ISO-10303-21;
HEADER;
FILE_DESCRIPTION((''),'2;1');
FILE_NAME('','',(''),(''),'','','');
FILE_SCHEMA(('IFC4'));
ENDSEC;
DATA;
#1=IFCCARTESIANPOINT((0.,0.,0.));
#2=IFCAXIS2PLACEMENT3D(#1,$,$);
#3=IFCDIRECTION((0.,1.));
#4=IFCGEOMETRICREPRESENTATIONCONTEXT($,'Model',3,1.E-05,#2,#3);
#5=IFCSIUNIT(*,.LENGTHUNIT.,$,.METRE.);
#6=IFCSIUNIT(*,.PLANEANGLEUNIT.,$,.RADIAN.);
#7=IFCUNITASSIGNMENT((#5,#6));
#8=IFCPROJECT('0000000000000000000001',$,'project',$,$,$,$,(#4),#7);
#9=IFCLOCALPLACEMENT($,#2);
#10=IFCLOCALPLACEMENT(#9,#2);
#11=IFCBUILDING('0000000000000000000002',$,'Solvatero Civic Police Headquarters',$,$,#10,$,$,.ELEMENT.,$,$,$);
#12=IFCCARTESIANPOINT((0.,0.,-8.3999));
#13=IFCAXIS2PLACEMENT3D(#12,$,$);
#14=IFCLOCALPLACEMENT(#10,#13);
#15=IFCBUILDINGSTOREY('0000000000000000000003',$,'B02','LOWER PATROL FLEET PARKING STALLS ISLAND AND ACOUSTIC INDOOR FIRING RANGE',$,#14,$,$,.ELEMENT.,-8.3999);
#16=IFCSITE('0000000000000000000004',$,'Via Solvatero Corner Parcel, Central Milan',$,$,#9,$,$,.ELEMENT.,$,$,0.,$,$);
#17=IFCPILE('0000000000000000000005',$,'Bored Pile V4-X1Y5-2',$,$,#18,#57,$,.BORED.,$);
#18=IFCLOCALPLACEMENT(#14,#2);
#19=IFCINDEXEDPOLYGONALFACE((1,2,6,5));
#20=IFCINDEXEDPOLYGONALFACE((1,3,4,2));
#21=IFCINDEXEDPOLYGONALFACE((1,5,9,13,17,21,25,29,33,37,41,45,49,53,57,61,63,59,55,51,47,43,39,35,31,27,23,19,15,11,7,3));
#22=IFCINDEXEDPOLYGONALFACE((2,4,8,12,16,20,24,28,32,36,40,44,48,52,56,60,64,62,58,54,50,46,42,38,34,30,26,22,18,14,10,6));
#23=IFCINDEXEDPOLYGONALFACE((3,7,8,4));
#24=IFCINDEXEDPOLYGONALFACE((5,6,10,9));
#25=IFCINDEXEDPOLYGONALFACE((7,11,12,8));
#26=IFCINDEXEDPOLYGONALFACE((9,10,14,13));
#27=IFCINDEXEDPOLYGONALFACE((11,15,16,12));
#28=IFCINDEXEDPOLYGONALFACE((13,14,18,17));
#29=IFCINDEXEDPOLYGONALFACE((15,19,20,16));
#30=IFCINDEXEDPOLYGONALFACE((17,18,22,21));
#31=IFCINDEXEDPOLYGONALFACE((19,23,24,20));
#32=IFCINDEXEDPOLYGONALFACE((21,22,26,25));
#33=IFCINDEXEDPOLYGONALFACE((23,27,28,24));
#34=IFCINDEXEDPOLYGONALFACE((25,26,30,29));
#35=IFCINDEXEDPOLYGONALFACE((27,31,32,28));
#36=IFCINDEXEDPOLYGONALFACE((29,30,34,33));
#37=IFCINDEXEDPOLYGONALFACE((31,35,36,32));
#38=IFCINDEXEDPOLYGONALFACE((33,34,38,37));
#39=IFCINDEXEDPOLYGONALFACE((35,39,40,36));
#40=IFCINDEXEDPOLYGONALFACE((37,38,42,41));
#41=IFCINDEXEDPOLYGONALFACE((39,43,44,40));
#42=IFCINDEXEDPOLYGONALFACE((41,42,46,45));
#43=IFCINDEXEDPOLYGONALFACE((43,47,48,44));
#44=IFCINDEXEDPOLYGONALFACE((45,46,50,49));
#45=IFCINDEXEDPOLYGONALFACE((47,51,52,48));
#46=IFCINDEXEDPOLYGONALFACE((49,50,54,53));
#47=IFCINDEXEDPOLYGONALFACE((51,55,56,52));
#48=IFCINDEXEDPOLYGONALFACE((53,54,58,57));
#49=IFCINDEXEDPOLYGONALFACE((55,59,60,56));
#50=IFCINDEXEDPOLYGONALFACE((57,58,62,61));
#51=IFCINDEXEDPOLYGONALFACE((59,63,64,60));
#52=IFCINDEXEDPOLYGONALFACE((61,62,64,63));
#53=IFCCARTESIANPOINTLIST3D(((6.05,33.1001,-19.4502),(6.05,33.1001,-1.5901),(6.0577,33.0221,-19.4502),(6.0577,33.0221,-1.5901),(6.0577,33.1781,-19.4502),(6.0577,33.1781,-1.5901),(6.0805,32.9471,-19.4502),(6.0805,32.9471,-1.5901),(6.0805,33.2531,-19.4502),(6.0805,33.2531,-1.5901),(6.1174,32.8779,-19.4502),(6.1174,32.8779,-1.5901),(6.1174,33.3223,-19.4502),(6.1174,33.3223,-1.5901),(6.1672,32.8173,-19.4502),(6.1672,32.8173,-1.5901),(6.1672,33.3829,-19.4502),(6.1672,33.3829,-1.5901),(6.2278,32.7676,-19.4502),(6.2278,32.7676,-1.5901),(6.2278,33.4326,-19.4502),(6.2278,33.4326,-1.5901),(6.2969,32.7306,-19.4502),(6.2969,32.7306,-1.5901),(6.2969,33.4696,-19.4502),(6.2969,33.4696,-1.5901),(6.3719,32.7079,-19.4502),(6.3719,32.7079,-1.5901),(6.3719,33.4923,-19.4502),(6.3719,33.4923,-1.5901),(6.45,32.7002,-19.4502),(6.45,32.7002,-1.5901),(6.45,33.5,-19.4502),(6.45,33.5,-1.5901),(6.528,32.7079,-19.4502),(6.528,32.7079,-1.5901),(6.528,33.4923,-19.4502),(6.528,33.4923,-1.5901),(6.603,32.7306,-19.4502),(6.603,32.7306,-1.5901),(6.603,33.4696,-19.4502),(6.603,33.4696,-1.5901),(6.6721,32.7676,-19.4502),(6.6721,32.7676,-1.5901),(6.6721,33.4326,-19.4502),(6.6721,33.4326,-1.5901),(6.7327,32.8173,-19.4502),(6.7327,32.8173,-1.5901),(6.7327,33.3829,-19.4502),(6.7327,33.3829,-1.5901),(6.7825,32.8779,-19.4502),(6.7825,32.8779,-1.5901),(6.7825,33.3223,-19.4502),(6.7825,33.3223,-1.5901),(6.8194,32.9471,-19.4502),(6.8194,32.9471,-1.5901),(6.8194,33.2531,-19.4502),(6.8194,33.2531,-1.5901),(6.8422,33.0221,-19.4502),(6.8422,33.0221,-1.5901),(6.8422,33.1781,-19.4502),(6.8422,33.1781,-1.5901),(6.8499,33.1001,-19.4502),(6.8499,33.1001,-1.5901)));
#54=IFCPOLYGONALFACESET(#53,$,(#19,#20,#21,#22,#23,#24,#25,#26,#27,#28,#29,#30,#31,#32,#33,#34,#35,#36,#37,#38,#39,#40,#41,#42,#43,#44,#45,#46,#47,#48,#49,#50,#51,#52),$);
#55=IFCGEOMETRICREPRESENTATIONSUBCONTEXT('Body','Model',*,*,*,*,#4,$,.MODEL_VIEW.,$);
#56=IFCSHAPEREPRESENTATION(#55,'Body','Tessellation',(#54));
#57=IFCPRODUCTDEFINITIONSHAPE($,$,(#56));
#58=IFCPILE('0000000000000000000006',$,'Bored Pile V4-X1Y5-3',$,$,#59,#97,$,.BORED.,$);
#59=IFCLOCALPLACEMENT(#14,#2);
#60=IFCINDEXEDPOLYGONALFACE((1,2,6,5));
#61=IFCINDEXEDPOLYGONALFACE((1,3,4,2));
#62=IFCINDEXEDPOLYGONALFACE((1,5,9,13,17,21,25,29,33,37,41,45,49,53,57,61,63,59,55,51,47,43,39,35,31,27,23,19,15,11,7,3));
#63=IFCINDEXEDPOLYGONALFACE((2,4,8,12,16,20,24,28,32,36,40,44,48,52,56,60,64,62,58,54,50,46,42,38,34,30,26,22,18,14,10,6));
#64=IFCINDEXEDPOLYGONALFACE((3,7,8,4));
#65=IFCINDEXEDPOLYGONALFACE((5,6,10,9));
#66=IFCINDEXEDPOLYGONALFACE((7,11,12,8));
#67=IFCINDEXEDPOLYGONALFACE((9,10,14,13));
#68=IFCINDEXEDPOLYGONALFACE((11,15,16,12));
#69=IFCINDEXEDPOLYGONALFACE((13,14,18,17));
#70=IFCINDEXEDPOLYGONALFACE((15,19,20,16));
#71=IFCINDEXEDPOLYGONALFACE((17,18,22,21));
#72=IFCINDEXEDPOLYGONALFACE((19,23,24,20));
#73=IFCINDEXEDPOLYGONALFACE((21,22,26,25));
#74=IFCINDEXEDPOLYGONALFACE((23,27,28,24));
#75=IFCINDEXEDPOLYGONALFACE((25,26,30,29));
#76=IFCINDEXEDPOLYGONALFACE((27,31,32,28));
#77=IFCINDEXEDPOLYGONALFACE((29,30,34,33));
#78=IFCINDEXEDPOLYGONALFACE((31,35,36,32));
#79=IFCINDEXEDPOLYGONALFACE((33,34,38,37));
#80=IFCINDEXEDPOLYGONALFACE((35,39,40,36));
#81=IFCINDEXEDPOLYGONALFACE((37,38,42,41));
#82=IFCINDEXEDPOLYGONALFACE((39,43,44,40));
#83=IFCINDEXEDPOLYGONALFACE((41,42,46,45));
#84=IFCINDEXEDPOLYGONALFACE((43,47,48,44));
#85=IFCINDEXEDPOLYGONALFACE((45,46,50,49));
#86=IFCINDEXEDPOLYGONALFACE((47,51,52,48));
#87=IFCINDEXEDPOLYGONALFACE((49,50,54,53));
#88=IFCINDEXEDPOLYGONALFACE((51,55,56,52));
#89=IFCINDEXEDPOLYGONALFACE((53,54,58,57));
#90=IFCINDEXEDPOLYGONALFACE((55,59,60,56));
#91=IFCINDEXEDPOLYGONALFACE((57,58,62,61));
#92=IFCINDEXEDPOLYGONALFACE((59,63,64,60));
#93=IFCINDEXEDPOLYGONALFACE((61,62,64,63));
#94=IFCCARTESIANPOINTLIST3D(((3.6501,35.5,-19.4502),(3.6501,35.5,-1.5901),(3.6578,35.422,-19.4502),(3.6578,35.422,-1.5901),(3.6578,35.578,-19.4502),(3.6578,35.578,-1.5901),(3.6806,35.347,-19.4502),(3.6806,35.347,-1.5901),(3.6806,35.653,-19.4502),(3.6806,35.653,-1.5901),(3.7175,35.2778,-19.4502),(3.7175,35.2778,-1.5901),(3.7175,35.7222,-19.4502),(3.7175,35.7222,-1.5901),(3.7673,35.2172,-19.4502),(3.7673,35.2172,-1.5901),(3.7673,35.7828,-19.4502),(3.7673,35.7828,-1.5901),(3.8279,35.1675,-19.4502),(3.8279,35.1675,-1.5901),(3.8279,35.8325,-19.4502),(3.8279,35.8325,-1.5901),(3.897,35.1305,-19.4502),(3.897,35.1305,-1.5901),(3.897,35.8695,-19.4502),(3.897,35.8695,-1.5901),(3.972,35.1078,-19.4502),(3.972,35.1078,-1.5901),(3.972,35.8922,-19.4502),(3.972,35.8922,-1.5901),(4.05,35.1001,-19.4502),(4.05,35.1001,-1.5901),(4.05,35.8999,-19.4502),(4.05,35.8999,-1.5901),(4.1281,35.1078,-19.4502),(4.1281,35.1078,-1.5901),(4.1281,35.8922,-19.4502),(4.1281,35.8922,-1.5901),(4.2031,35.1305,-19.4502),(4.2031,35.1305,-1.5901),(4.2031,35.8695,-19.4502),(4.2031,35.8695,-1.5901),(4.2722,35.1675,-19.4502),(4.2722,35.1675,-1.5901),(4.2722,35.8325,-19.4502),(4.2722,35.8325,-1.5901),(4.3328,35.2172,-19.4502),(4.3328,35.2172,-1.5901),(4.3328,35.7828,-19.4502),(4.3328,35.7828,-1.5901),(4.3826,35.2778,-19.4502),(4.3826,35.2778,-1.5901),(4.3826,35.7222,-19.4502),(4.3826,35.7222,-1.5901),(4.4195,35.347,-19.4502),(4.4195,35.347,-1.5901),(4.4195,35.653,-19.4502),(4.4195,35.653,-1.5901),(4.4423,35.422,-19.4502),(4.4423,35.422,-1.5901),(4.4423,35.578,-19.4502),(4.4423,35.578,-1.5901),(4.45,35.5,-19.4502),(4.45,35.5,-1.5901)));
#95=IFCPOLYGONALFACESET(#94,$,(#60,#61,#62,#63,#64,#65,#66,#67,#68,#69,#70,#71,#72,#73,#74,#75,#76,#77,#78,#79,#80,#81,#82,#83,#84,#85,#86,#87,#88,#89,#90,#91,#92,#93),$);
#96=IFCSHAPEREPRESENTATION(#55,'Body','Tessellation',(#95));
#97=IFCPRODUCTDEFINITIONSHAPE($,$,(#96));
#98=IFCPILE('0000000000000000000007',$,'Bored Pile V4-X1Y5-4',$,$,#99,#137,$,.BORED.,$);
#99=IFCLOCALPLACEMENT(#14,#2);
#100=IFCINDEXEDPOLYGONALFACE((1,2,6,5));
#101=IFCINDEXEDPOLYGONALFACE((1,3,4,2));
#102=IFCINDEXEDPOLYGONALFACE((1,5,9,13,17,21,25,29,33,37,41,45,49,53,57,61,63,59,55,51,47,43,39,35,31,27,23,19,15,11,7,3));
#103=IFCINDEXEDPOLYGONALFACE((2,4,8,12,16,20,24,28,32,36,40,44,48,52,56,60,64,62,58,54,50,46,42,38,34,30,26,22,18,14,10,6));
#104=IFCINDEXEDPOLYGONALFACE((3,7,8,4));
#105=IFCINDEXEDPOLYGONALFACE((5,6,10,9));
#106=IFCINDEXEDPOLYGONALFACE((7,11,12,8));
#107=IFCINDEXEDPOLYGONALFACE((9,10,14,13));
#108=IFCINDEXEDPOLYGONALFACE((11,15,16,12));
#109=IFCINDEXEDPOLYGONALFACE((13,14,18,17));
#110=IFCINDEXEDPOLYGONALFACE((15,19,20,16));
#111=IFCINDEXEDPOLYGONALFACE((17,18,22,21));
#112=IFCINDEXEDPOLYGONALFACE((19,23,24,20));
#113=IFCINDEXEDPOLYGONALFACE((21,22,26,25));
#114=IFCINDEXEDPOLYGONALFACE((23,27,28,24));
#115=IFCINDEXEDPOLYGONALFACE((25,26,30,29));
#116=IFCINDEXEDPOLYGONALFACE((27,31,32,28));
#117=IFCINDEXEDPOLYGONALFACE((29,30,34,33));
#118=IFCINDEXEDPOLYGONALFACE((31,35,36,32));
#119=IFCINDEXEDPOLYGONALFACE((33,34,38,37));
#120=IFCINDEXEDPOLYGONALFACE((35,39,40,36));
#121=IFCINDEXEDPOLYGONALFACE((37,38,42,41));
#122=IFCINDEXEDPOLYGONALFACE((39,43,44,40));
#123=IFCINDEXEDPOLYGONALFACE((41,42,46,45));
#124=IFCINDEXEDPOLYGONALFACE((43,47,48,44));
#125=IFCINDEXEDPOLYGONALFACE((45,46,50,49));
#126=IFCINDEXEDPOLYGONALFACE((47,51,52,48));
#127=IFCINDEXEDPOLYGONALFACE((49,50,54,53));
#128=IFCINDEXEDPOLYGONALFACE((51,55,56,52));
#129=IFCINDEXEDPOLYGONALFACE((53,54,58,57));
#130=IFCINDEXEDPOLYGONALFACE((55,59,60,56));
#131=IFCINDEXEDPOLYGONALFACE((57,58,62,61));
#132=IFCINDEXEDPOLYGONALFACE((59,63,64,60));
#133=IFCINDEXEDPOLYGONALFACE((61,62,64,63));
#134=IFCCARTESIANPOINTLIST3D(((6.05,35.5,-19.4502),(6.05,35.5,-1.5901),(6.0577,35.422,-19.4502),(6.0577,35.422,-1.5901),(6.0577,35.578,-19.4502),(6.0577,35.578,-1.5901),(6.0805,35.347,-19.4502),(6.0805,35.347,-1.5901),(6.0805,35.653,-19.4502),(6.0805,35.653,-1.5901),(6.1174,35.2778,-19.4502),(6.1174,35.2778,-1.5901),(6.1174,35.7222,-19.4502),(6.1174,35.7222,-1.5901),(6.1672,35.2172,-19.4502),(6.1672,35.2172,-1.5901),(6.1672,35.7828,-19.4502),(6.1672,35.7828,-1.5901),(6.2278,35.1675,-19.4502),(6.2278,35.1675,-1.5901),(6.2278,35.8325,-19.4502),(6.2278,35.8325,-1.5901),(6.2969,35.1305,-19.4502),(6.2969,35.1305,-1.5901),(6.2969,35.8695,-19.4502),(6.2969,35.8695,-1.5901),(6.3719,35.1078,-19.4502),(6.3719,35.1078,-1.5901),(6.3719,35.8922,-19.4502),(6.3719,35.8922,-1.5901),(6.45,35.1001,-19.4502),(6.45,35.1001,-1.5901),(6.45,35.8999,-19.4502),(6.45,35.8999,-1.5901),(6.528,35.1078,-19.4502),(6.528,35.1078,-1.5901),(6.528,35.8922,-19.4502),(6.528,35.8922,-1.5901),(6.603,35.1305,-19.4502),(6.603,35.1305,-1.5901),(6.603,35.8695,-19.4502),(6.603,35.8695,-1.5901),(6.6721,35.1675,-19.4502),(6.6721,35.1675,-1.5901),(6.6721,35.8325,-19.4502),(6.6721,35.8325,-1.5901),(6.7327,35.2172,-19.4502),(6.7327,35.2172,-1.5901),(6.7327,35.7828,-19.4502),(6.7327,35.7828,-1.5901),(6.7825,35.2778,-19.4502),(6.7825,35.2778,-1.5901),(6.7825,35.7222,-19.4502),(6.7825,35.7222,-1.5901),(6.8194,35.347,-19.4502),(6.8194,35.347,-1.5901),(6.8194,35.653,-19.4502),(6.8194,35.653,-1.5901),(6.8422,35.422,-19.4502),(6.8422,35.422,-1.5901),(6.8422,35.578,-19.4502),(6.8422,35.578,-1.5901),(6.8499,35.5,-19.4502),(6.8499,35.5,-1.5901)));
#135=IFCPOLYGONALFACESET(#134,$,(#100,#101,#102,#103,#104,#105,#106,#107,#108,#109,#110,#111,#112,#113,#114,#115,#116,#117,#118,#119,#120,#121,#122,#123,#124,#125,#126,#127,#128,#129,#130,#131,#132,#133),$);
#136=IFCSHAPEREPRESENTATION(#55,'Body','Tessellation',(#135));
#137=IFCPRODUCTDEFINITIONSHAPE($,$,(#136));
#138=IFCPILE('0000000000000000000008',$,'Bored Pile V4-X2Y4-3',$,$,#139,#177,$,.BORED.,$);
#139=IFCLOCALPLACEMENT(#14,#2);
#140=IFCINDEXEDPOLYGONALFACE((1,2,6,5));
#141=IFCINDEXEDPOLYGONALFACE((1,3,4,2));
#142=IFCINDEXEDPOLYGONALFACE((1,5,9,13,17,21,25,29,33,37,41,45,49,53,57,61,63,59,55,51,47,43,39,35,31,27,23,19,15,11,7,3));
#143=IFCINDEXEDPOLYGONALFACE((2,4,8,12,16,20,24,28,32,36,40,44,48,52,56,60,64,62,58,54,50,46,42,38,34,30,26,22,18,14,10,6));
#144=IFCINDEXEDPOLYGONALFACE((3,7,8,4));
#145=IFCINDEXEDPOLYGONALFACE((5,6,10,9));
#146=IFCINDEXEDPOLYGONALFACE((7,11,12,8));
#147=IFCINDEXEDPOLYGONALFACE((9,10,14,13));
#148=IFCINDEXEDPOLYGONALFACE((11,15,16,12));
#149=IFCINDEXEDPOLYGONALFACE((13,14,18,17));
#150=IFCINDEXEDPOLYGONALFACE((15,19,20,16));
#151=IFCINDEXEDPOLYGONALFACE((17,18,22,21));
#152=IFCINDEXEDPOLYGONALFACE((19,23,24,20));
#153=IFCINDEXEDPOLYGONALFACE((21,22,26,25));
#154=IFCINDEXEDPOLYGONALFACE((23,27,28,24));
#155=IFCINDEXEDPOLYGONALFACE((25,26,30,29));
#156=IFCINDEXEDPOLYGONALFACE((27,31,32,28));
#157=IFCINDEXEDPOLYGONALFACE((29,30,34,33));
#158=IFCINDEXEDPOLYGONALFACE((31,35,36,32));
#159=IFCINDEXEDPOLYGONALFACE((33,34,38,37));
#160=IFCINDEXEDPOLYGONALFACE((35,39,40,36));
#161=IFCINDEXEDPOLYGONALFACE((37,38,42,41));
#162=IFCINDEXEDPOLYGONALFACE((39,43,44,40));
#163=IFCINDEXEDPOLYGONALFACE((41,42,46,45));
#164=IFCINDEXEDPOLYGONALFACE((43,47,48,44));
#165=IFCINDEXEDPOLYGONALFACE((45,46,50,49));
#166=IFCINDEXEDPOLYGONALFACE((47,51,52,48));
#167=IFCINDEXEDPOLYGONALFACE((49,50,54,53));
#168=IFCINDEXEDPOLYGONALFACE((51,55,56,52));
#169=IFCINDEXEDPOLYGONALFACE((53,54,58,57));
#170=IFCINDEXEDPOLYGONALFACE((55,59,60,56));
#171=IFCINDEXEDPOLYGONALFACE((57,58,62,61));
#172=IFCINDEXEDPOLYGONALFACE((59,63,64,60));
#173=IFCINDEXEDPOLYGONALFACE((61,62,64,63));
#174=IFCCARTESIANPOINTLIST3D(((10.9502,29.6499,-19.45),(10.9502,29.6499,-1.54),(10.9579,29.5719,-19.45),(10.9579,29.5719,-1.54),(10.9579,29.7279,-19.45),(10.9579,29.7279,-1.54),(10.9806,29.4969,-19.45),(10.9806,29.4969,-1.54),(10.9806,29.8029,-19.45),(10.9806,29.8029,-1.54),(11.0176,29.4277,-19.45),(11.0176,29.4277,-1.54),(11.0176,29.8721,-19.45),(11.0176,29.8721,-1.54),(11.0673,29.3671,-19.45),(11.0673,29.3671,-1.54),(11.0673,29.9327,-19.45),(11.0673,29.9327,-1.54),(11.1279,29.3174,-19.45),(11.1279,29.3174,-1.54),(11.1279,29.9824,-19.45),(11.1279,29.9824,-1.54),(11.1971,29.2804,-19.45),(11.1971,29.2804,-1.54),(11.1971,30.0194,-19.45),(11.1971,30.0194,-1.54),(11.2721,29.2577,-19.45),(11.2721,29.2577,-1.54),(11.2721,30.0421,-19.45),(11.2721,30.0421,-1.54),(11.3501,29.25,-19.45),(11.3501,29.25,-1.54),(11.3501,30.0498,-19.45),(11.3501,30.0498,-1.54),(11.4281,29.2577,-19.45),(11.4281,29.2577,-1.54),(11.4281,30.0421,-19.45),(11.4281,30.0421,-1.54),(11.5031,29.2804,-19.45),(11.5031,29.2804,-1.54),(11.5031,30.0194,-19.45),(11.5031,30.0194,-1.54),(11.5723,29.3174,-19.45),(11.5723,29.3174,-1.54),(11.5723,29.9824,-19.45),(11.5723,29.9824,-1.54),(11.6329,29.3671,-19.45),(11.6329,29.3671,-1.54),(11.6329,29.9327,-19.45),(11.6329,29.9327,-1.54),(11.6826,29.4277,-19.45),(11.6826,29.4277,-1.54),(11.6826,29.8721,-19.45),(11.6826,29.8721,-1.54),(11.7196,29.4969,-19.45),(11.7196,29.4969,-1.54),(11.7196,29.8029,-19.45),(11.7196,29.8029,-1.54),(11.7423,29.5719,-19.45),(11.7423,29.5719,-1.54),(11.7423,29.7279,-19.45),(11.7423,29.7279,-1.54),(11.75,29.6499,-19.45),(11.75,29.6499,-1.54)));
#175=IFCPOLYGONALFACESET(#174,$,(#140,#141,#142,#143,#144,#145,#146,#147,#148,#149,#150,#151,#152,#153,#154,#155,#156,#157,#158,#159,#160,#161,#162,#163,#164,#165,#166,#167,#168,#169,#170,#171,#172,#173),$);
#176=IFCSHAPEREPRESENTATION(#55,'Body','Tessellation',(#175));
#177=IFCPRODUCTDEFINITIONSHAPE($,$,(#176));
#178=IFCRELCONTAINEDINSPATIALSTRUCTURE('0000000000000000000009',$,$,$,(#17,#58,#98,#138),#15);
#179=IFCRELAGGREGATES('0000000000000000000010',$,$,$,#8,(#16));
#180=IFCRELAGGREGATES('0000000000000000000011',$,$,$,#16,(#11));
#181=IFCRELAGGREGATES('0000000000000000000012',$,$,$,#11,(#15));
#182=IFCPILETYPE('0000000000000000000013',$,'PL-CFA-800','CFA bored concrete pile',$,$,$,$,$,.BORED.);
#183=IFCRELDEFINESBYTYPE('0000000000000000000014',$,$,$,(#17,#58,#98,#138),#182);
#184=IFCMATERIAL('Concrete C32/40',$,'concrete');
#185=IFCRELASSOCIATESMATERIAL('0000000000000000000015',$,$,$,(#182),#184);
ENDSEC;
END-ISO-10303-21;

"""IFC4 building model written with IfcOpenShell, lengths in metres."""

from ifc_helpers import new_model, si_unit, direction, frame, origin, origin_2d, place, context, subcontext, project, spatial, circle, extrude, material, material_profile, profile_set, type_object, element, save


model = new_model("IFC4")

# Units and contexts
model_context = context("Model", 3, precision=1e-05, world=origin(), true_north=direction((0.0, 1.0)))
body_context = subcontext(model_context, "Body", "Model", "MODEL_VIEW")
ifc_project = project(units=[si_unit("LENGTHUNIT", "METRE"), si_unit("PLANEANGLEUNIT", "RADIAN")], contexts=[model_context])

# Site, building, storey
site_placement = place(None, origin())
site = spatial("IfcSite", under=ifc_project, at=site_placement, Name="Via Solvatero Corner Parcel, Central Milan", CompositionType="ELEMENT", RefElevation=0.0)
building_placement = place(site_placement, origin())
building = spatial("IfcBuilding", under=site, at=building_placement, Name="Solvatero Civic Police Headquarters", CompositionType="ELEMENT")
storey_placement = place(building_placement, frame((0.0, 0.0, -8.3999)))
storey = spatial("IfcBuildingStorey", under=building, at=storey_placement, Name="B02", Description="LOWER PATROL FLEET PARKING STALLS ISLAND AND ACOUSTIC INDOOR FIRING RANGE", CompositionType="ELEMENT", Elevation=-8.3999)

# Piles
ifc_material_1 = material(Name="Concrete C32/40", Category="concrete")
ifc_material_profile_1 = material_profile(ifc_material_1, circle(Radius=0.3999, at=origin_2d()), Name="CFA PILE D800")
ifc_profile_set_1 = profile_set([ifc_material_profile_1], Name="Concrete C32/40")
pile_type_1 = type_object("IfcPileType", Name="PL-CFA-800", Description="CFA bored concrete pile", PredefinedType="BORED", material=ifc_profile_set_1)
for number, where, z_axis, x_axis, name in (
    (1, (6.45, 33.1001, -1.5901), (0.0, 0.0, -1.0), (1.0, 0.0, 0.0), "Bored Pile V4-X1Y5-2"),
    (2, (4.05, 35.5, -1.5901), (0.0, 0.0, -1.0), (1.0, 0.0, 0.0), "Bored Pile V4-X1Y5-3"),
    (3, (6.45, 35.5, -1.5901), (0.0, 0.0, -1.0), (1.0, 0.0, 0.0), "Bored Pile V4-X1Y5-4"),
):
    element("IfcPile", number, at=place(storey_placement, frame(where, z_axis=z_axis, x_axis=x_axis)), inside=storey, type_object=pile_type_1, Name=name, PredefinedType="BORED", context=body_context, shape_type="SweptSolid", body=[
        extrude(circle(Radius=0.3999, at=origin_2d()), origin(), (0.0, 0.0, 1.0), 17.8601),
    ])
for number, where, z_axis, x_axis, name in (
    (4, (11.3501, 29.6499, -1.54), (0.0, 0.0, -1.0), (1.0, 0.0, 0.0), "Bored Pile V4-X2Y4-3"),
):
    element("IfcPile", number, at=place(storey_placement, frame(where, z_axis=z_axis, x_axis=x_axis)), inside=storey, type_object=pile_type_1, Name=name, PredefinedType="BORED", context=body_context, shape_type="SweptSolid", body=[
        extrude(circle(Radius=0.3999, at=origin_2d()), origin(), (0.0, 0.0, 1.0), 17.9099),
    ])

save(model, "model.ifc")
